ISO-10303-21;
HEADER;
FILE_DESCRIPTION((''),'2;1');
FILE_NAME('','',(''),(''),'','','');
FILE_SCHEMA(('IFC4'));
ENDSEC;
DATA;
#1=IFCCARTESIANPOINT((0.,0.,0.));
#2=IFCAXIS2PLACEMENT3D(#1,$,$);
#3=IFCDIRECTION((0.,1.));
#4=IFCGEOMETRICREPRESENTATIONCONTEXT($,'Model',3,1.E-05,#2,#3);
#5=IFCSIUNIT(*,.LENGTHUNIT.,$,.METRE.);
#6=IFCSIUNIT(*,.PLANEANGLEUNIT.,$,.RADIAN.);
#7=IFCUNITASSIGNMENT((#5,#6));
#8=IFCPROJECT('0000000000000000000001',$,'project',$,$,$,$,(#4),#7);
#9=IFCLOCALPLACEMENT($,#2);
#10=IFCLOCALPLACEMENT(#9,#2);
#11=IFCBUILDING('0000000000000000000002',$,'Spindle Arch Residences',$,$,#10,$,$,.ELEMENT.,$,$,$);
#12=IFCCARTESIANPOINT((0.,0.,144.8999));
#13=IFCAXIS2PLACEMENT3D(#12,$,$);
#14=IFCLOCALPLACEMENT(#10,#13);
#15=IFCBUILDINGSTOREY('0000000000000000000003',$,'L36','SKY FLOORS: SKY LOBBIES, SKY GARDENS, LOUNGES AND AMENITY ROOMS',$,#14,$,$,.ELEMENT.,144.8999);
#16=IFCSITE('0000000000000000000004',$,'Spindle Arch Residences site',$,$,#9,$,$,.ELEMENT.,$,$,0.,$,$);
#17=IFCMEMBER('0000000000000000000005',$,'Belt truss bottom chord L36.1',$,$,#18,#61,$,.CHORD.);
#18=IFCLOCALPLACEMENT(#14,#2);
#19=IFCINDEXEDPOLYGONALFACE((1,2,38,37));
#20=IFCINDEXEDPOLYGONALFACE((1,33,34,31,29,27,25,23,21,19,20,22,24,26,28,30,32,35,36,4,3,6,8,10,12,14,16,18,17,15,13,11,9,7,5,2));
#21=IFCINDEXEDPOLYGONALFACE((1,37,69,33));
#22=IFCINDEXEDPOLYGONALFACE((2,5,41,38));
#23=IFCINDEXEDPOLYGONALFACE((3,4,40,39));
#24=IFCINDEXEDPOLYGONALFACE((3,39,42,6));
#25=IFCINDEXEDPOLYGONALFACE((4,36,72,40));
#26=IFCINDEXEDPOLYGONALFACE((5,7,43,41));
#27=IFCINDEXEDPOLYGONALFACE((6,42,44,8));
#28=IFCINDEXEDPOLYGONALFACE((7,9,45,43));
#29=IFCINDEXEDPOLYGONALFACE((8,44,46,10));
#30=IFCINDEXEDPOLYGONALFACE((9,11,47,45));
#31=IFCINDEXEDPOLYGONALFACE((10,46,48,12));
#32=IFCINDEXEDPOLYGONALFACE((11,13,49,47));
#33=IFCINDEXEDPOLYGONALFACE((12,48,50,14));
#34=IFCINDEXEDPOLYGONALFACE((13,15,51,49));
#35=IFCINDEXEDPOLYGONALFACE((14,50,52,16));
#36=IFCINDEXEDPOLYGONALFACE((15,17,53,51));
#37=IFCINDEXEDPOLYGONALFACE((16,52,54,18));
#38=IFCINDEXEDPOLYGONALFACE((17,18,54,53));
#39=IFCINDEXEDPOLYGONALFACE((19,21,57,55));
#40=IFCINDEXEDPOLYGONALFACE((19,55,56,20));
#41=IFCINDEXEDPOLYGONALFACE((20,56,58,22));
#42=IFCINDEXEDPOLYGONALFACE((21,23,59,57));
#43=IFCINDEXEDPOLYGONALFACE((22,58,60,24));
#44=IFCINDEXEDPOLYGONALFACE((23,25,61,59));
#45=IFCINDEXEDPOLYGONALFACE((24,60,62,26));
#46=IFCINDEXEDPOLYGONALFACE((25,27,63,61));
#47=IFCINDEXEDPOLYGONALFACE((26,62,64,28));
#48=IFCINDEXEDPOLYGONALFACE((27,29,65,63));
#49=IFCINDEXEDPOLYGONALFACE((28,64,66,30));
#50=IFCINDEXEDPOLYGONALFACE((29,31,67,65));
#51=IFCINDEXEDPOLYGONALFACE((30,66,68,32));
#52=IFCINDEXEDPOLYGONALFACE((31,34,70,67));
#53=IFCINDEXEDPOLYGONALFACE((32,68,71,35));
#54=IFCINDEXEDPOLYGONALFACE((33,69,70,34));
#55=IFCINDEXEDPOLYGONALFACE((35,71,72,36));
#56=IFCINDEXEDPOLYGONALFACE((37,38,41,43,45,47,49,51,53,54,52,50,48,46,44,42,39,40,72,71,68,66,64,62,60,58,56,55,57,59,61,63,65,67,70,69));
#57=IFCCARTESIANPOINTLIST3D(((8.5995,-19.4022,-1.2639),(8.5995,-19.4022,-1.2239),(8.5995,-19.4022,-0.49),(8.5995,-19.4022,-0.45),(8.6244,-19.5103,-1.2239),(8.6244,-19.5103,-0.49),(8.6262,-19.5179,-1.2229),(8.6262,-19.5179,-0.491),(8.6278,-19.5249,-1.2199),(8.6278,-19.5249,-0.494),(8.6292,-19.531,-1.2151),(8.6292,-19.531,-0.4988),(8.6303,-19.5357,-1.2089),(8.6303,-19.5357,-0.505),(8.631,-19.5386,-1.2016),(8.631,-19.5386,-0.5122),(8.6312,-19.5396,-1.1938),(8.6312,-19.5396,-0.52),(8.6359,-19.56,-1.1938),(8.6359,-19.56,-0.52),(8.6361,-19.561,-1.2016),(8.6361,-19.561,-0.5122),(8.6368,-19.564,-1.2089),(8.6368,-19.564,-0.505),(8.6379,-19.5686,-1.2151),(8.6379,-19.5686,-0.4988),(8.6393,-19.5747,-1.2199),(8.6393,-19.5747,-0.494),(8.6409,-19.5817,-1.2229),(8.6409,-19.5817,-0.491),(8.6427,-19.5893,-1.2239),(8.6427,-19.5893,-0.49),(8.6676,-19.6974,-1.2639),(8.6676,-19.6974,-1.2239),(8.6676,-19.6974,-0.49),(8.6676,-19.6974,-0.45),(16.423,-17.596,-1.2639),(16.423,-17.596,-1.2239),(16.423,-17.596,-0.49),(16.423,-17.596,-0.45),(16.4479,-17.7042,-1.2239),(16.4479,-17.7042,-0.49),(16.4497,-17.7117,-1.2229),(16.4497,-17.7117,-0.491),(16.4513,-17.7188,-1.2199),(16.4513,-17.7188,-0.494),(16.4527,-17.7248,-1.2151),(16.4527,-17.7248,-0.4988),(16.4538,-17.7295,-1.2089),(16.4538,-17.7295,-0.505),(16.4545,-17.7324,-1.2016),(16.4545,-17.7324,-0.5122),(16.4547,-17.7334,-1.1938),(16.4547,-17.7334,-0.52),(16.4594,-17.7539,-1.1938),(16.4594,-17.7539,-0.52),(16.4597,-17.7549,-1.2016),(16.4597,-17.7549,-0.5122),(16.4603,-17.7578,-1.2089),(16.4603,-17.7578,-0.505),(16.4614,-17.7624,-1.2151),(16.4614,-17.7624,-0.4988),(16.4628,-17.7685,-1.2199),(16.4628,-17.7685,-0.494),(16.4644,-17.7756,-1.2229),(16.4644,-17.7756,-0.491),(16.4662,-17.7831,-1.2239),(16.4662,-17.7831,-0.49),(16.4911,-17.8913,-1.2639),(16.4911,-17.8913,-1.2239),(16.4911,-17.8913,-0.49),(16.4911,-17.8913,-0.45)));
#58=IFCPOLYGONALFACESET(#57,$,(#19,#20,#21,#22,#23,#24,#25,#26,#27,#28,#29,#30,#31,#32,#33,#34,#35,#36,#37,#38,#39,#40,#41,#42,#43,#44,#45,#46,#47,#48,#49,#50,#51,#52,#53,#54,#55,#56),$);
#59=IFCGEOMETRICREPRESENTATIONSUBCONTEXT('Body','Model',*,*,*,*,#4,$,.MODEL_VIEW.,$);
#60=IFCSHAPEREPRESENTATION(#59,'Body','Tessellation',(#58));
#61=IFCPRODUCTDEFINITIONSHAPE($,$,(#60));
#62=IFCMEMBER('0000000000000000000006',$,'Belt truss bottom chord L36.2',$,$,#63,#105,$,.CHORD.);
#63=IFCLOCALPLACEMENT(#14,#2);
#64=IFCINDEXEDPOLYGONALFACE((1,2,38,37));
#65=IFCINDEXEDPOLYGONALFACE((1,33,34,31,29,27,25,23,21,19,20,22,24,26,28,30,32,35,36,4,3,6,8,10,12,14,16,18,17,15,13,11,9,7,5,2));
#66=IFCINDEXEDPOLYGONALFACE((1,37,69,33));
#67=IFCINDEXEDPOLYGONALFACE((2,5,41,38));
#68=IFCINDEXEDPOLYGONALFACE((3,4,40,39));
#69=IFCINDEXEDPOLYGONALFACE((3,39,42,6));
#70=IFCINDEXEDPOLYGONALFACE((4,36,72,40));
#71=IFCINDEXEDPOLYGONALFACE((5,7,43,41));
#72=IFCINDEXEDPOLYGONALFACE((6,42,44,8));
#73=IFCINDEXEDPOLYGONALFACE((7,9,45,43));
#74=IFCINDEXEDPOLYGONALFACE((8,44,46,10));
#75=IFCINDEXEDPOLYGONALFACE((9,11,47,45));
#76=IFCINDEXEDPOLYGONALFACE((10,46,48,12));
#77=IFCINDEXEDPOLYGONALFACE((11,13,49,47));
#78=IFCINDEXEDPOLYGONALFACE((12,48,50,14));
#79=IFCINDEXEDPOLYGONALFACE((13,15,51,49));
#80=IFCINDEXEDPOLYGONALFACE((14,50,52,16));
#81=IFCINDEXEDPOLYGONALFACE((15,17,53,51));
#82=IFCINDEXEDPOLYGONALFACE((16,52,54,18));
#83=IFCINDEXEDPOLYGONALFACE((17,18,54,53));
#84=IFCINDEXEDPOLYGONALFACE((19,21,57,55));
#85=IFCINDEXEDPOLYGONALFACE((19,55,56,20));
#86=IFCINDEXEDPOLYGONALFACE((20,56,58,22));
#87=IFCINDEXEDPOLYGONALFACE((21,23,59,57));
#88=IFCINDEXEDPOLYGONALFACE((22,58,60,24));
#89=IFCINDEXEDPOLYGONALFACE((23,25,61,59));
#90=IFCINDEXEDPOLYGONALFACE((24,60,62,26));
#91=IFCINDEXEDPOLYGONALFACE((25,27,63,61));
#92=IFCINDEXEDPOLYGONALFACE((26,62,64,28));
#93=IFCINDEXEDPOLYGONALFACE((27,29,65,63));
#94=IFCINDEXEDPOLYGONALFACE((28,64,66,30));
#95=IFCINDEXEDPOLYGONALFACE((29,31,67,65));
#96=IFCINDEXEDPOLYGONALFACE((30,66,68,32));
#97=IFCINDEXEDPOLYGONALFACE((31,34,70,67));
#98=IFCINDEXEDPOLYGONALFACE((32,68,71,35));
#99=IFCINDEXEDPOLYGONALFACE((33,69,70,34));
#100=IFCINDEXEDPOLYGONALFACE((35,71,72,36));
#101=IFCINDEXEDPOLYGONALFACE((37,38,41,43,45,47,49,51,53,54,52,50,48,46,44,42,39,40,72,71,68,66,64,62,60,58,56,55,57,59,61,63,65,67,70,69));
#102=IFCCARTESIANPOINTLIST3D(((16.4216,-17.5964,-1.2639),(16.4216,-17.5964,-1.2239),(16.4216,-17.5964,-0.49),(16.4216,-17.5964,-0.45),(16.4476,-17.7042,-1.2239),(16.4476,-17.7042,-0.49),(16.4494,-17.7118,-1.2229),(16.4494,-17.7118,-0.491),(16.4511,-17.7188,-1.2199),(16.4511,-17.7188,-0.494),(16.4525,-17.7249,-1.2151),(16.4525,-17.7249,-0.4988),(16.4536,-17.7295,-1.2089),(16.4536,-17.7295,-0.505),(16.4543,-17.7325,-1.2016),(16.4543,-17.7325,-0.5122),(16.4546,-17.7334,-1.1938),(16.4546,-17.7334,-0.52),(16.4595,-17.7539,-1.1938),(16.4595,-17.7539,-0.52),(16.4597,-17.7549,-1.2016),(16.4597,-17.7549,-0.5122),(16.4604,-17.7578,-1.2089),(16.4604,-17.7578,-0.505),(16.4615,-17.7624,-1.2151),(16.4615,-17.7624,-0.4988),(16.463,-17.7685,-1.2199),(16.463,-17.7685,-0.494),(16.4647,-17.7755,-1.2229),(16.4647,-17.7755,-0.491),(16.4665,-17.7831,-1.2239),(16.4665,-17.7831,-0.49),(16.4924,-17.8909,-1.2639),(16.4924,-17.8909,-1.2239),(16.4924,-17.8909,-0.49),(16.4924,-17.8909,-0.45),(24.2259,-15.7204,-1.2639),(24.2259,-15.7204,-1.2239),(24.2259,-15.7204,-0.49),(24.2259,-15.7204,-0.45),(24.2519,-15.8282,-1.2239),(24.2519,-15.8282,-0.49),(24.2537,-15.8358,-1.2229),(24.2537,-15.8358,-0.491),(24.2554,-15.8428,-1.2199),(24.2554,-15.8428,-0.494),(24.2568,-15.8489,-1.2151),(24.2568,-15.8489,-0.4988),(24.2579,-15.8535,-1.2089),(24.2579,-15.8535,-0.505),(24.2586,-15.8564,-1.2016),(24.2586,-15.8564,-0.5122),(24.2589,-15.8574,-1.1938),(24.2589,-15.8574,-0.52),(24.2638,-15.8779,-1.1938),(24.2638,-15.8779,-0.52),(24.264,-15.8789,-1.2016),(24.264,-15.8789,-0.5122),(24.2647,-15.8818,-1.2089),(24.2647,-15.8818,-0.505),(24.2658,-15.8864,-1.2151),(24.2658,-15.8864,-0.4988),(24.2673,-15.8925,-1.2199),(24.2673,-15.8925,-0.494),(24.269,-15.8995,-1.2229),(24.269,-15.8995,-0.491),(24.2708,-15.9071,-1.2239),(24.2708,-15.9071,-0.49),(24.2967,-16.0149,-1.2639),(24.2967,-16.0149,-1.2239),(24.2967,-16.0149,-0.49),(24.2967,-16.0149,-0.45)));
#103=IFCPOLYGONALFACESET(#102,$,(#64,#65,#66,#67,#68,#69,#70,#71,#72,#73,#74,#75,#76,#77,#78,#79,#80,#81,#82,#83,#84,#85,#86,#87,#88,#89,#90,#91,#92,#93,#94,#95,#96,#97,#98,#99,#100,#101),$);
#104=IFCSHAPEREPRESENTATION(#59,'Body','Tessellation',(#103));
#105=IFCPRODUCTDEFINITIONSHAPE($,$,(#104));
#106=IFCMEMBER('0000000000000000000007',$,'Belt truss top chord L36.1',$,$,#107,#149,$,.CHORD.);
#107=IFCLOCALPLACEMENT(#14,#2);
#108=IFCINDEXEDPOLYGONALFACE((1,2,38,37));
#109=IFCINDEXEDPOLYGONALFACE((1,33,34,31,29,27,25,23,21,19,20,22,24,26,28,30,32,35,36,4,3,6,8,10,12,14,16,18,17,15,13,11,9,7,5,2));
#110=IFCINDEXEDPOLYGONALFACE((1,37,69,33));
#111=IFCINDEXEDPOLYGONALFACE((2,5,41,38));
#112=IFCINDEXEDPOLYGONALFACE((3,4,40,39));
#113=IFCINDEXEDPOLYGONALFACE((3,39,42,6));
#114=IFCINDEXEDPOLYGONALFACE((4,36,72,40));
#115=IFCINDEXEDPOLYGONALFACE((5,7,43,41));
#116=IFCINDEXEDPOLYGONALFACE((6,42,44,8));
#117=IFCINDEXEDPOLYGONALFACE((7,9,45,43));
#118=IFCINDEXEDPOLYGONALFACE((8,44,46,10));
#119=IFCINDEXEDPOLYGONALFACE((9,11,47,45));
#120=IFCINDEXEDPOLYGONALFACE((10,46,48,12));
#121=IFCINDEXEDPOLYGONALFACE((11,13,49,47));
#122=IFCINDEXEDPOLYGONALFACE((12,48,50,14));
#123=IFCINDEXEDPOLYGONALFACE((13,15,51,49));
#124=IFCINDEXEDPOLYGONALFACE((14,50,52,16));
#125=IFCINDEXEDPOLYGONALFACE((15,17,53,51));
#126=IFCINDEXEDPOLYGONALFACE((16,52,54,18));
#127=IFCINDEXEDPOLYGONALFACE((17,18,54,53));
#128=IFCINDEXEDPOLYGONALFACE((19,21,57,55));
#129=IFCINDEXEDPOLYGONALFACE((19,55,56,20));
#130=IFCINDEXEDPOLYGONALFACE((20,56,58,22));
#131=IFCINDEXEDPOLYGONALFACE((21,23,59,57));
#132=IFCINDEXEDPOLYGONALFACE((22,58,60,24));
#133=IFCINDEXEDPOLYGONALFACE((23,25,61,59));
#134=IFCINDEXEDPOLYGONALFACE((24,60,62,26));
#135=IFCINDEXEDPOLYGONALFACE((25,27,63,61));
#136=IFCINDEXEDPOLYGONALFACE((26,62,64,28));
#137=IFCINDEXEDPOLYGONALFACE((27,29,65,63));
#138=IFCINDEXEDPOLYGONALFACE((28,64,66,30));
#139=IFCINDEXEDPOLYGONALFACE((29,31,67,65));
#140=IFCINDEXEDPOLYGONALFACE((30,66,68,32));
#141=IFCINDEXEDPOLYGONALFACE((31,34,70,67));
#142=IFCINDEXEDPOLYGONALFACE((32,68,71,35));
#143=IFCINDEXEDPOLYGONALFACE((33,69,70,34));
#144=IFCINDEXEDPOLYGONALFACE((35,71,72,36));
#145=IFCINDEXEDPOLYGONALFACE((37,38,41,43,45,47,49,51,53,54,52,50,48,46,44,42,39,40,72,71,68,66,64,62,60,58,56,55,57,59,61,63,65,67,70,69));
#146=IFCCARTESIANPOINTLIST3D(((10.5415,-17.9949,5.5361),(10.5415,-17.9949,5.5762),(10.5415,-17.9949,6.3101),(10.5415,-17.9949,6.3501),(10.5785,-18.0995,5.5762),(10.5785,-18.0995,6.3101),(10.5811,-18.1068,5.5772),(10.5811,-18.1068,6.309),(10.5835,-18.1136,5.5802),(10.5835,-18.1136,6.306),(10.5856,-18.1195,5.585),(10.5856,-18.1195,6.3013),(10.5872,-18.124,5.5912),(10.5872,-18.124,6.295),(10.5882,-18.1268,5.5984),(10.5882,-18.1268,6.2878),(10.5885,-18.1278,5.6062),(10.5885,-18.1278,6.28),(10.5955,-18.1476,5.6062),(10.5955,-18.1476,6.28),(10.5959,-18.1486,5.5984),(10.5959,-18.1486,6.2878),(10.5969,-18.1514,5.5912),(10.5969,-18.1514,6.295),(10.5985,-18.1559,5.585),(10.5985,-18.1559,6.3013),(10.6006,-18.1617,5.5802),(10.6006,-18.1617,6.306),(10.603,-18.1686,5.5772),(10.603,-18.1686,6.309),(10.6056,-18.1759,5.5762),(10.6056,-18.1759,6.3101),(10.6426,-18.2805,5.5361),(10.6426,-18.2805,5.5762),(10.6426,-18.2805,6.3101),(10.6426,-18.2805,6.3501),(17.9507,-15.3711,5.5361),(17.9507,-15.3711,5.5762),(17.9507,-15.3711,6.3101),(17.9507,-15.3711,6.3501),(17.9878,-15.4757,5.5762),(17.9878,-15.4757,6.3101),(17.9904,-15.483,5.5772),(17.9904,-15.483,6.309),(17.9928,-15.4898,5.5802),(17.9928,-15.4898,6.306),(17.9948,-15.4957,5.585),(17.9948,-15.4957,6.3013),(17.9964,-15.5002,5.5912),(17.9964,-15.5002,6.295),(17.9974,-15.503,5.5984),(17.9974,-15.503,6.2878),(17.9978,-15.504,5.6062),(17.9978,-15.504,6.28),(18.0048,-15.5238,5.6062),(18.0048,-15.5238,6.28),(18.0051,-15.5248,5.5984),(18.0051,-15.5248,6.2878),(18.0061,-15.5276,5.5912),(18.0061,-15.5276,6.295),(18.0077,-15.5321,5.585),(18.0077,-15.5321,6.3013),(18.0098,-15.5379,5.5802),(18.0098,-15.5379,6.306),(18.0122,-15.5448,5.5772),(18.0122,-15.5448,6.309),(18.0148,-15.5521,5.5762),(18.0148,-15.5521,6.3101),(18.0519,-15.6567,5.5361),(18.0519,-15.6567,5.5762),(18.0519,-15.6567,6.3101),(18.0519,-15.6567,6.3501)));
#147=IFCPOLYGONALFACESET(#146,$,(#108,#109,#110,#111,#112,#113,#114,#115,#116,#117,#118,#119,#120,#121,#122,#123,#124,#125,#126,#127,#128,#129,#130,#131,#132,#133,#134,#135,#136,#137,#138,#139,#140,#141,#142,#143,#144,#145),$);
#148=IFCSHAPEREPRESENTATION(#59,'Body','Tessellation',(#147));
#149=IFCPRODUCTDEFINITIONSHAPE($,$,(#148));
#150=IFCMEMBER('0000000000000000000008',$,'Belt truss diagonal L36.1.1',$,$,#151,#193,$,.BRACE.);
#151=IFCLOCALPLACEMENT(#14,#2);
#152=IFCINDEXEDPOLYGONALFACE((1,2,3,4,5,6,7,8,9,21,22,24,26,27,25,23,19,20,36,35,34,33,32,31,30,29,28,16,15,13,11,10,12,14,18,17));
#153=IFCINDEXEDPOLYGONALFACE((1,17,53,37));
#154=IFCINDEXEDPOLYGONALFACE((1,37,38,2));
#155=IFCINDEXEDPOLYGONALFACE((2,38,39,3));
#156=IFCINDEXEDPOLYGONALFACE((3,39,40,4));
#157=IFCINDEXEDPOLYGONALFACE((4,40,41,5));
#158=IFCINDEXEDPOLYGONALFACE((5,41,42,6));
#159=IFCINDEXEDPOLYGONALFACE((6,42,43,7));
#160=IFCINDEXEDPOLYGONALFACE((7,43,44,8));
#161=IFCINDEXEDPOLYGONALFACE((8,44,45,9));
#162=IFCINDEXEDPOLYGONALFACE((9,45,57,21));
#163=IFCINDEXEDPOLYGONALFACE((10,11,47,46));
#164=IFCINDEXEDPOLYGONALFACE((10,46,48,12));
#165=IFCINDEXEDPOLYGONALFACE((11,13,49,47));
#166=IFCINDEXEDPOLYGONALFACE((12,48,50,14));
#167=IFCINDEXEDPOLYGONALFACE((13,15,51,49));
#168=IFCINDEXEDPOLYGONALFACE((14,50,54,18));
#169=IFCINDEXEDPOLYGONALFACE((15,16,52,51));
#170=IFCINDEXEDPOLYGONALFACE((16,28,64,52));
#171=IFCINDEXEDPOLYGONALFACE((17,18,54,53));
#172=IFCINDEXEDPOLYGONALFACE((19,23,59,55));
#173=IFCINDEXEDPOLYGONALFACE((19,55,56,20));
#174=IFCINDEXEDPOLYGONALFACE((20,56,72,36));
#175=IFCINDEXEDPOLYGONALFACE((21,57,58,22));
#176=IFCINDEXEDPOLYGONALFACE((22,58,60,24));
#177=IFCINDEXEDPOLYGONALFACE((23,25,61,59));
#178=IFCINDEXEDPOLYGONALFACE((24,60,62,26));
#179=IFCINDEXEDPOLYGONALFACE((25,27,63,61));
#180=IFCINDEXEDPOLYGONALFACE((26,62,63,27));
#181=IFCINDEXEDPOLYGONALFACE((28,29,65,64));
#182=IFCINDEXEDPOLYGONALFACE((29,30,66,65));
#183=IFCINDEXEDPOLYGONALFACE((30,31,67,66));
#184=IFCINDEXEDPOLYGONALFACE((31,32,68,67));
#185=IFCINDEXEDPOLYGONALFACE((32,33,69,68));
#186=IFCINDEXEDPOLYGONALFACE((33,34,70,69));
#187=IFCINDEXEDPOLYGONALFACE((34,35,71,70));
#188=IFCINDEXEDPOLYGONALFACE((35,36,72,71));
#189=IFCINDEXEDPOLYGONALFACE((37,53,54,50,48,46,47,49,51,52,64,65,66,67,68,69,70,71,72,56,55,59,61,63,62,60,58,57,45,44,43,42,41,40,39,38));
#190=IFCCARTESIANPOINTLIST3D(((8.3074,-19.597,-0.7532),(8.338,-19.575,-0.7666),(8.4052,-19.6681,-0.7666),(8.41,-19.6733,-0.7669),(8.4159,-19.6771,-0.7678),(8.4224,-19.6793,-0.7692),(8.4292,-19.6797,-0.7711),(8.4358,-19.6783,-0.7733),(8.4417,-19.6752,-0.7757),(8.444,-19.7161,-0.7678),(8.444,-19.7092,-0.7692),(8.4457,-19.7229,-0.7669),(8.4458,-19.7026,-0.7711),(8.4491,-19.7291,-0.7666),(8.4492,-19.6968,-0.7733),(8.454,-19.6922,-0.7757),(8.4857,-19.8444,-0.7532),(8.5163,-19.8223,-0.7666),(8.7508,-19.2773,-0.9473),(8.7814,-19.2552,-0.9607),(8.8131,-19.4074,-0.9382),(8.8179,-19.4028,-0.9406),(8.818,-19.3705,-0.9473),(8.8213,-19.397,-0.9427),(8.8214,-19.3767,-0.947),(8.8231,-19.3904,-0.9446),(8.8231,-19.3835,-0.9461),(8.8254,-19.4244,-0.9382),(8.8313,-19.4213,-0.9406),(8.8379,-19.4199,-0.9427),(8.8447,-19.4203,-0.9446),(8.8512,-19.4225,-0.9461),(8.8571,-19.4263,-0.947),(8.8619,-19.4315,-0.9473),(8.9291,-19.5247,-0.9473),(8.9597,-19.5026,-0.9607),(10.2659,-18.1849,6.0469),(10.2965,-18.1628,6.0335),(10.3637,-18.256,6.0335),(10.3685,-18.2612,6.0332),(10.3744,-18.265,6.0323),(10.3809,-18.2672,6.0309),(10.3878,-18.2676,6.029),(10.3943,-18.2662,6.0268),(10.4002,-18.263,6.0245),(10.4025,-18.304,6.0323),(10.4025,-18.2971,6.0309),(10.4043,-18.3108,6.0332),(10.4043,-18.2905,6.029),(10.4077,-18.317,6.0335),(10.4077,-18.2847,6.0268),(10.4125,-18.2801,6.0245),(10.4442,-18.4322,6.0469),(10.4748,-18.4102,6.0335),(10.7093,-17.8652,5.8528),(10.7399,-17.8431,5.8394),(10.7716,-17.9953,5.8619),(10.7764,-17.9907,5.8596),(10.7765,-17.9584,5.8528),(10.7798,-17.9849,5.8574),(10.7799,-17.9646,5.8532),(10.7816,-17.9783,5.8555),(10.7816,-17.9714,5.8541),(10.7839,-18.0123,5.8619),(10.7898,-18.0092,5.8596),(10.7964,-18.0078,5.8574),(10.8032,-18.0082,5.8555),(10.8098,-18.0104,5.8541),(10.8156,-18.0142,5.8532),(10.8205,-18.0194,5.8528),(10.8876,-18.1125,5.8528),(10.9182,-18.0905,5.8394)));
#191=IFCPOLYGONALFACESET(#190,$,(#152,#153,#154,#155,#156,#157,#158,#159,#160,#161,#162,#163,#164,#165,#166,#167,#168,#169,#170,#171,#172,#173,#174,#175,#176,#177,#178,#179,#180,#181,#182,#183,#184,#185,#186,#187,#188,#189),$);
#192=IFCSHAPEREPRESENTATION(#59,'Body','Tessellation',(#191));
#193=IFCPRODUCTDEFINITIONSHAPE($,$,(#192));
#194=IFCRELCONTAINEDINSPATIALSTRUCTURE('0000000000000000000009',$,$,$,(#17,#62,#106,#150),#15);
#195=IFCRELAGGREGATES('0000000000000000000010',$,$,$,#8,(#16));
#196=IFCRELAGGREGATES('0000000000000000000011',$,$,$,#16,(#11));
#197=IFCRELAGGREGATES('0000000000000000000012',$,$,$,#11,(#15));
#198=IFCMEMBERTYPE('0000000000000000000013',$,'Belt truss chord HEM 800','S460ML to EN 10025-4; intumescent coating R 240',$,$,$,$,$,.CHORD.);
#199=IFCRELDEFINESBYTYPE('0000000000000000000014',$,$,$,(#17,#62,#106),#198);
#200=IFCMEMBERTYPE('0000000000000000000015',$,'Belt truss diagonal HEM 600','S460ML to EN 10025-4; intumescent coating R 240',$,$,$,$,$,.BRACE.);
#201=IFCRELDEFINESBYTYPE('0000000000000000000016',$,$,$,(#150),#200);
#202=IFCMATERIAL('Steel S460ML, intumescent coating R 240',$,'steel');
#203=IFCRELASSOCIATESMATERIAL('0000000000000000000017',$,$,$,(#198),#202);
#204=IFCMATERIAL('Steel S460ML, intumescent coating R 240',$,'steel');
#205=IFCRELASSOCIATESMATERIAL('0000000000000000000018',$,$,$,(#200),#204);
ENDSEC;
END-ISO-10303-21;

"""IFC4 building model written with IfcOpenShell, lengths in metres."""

from ifc_helpers import new_model, si_unit, direction, frame, origin, origin_2d, place, context, subcontext, project, spatial, i_section, extrude, material, material_profile, profile_set, type_object, element, save


model = new_model("IFC4")

# Units and contexts
model_context = context("Model", 3, precision=1e-05, world=origin(), true_north=direction((0.0, 1.0)))
body_context = subcontext(model_context, "Body", "Model", "MODEL_VIEW")
ifc_project = project(units=[si_unit("LENGTHUNIT", "METRE"), si_unit("PLANEANGLEUNIT", "RADIAN")], contexts=[model_context])

# Site, building, storey
site_placement = place(None, origin())
site = spatial("IfcSite", under=ifc_project, at=site_placement, Name="Spindle Arch Residences site", CompositionType="ELEMENT", RefElevation=0.0)
building_placement = place(site_placement, origin())
building = spatial("IfcBuilding", under=site, at=building_placement, Name="Spindle Arch Residences", CompositionType="ELEMENT")
storey_placement = place(building_placement, frame((0.0, 0.0, 144.8999)))
storey = spatial("IfcBuildingStorey", under=building, at=storey_placement, Name="L36", Description="SKY FLOORS: SKY LOBBIES, SKY GARDENS, LOUNGES AND AMENITY ROOMS", CompositionType="ELEMENT", Elevation=144.8999)

# Members
ifc_material_1 = material(Name="Steel S460ML, intumescent coating R 240", Category="steel")
ifc_material_profile_1 = material_profile(ifc_material_1, i_section(OverallWidth=0.303, OverallDepth=0.814, WebThickness=0.021, FlangeThickness=0.04, FilletRadius=0.03, at=origin_2d()), Name="HEM 800")
ifc_profile_set_1 = profile_set([ifc_material_profile_1], Name="Steel S460ML, intumescent coating R 240")
member_type_1 = type_object("IfcMemberType", Name="Belt truss chord HEM 800", Description="S460ML to EN 10025-4; intumescent coating R 240", PredefinedType="CHORD", material=ifc_profile_set_1)
member_1_placement = place(storey_placement, frame((8.6335, -19.5498, -0.8569), z_axis=(0.974371, 0.224946, 0.0), x_axis=(-0.224946, 0.974371, 0.0)))
element("IfcMember", 1, at=member_1_placement, inside=storey, type_object=member_type_1, Name="Belt truss bottom chord L36.1", PredefinedType="CHORD", context=body_context, shape_type="SweptSolid", body=[
    extrude(i_section(OverallWidth=0.303, OverallDepth=0.814, WebThickness=0.021, FlangeThickness=0.04, FilletRadius=0.03, at=origin_2d()), origin(), (0.0, 0.0, 1.0), 8.0293),
])
member_2_placement = place(storey_placement, frame((16.457, -17.7437, -0.8569), z_axis=(0.972303, 0.233723, 0.0), x_axis=(-0.233723, 0.972303, 0.0)))
element("IfcMember", 2, at=member_2_placement, inside=storey, type_object=member_type_1, Name="Belt truss bottom chord L36.2", PredefinedType="CHORD", context=body_context, shape_type="SweptSolid", body=[
    extrude(i_section(OverallWidth=0.303, OverallDepth=0.814, WebThickness=0.021, FlangeThickness=0.04, FilletRadius=0.03, at=origin_2d()), origin(), (0.0, 0.0, 1.0), 8.0266),
])
member_3_placement = place(storey_placement, frame((10.592, -18.1377, 5.9431), z_axis=(0.942639, 0.333813, 0.0), x_axis=(-0.333813, 0.942639, 0.0)))
element("IfcMember", 3, at=member_3_placement, inside=storey, type_object=member_type_1, Name="Belt truss top chord L36.1", PredefinedType="CHORD", context=body_context, shape_type="SweptSolid", body=[
    extrude(i_section(OverallWidth=0.303, OverallDepth=0.814, WebThickness=0.021, FlangeThickness=0.04, FilletRadius=0.03, at=origin_2d()), origin(), (0.0, 0.0, 1.0), 7.8601),
])
ifc_material_2 = material(Name="Steel S460ML, intumescent coating R 240", Category="steel")
ifc_material_profile_2 = material_profile(ifc_material_2, i_section(OverallWidth=0.3049, OverallDepth=0.6201, WebThickness=0.021, FlangeThickness=0.04, FilletRadius=0.0271, at=origin_2d()), Name="HEM 600")
ifc_profile_set_2 = profile_set([ifc_material_profile_2], Name="Steel S460ML, intumescent coating R 240")
member_type_2 = type_object("IfcMemberType", Name="Belt truss diagonal HEM 600", Description="S460ML to EN 10025-4; intumescent coating R 240", PredefinedType="BRACE", material=ifc_profile_set_2)
member_4_placement = place(storey_placement, frame((8.6335, -19.5498, -0.8569), z_axis=(0.271411, 0.195692, 0.942359), x_axis=(-0.584848, 0.811143, 0.0)))
element("IfcMember", 4, at=member_4_placement, inside=storey, type_object=member_type_2, Name="Belt truss diagonal L36.1.1", PredefinedType="BRACE", context=body_context, shape_type="SweptSolid", body=[
    extrude(i_section(OverallWidth=0.3049, OverallDepth=0.6201, WebThickness=0.021, FlangeThickness=0.04, FilletRadius=0.0271, at=origin_2d()), origin(), (0.0, 0.0, 1.0), 7.2161),
])

save(model, "model.ifc")
